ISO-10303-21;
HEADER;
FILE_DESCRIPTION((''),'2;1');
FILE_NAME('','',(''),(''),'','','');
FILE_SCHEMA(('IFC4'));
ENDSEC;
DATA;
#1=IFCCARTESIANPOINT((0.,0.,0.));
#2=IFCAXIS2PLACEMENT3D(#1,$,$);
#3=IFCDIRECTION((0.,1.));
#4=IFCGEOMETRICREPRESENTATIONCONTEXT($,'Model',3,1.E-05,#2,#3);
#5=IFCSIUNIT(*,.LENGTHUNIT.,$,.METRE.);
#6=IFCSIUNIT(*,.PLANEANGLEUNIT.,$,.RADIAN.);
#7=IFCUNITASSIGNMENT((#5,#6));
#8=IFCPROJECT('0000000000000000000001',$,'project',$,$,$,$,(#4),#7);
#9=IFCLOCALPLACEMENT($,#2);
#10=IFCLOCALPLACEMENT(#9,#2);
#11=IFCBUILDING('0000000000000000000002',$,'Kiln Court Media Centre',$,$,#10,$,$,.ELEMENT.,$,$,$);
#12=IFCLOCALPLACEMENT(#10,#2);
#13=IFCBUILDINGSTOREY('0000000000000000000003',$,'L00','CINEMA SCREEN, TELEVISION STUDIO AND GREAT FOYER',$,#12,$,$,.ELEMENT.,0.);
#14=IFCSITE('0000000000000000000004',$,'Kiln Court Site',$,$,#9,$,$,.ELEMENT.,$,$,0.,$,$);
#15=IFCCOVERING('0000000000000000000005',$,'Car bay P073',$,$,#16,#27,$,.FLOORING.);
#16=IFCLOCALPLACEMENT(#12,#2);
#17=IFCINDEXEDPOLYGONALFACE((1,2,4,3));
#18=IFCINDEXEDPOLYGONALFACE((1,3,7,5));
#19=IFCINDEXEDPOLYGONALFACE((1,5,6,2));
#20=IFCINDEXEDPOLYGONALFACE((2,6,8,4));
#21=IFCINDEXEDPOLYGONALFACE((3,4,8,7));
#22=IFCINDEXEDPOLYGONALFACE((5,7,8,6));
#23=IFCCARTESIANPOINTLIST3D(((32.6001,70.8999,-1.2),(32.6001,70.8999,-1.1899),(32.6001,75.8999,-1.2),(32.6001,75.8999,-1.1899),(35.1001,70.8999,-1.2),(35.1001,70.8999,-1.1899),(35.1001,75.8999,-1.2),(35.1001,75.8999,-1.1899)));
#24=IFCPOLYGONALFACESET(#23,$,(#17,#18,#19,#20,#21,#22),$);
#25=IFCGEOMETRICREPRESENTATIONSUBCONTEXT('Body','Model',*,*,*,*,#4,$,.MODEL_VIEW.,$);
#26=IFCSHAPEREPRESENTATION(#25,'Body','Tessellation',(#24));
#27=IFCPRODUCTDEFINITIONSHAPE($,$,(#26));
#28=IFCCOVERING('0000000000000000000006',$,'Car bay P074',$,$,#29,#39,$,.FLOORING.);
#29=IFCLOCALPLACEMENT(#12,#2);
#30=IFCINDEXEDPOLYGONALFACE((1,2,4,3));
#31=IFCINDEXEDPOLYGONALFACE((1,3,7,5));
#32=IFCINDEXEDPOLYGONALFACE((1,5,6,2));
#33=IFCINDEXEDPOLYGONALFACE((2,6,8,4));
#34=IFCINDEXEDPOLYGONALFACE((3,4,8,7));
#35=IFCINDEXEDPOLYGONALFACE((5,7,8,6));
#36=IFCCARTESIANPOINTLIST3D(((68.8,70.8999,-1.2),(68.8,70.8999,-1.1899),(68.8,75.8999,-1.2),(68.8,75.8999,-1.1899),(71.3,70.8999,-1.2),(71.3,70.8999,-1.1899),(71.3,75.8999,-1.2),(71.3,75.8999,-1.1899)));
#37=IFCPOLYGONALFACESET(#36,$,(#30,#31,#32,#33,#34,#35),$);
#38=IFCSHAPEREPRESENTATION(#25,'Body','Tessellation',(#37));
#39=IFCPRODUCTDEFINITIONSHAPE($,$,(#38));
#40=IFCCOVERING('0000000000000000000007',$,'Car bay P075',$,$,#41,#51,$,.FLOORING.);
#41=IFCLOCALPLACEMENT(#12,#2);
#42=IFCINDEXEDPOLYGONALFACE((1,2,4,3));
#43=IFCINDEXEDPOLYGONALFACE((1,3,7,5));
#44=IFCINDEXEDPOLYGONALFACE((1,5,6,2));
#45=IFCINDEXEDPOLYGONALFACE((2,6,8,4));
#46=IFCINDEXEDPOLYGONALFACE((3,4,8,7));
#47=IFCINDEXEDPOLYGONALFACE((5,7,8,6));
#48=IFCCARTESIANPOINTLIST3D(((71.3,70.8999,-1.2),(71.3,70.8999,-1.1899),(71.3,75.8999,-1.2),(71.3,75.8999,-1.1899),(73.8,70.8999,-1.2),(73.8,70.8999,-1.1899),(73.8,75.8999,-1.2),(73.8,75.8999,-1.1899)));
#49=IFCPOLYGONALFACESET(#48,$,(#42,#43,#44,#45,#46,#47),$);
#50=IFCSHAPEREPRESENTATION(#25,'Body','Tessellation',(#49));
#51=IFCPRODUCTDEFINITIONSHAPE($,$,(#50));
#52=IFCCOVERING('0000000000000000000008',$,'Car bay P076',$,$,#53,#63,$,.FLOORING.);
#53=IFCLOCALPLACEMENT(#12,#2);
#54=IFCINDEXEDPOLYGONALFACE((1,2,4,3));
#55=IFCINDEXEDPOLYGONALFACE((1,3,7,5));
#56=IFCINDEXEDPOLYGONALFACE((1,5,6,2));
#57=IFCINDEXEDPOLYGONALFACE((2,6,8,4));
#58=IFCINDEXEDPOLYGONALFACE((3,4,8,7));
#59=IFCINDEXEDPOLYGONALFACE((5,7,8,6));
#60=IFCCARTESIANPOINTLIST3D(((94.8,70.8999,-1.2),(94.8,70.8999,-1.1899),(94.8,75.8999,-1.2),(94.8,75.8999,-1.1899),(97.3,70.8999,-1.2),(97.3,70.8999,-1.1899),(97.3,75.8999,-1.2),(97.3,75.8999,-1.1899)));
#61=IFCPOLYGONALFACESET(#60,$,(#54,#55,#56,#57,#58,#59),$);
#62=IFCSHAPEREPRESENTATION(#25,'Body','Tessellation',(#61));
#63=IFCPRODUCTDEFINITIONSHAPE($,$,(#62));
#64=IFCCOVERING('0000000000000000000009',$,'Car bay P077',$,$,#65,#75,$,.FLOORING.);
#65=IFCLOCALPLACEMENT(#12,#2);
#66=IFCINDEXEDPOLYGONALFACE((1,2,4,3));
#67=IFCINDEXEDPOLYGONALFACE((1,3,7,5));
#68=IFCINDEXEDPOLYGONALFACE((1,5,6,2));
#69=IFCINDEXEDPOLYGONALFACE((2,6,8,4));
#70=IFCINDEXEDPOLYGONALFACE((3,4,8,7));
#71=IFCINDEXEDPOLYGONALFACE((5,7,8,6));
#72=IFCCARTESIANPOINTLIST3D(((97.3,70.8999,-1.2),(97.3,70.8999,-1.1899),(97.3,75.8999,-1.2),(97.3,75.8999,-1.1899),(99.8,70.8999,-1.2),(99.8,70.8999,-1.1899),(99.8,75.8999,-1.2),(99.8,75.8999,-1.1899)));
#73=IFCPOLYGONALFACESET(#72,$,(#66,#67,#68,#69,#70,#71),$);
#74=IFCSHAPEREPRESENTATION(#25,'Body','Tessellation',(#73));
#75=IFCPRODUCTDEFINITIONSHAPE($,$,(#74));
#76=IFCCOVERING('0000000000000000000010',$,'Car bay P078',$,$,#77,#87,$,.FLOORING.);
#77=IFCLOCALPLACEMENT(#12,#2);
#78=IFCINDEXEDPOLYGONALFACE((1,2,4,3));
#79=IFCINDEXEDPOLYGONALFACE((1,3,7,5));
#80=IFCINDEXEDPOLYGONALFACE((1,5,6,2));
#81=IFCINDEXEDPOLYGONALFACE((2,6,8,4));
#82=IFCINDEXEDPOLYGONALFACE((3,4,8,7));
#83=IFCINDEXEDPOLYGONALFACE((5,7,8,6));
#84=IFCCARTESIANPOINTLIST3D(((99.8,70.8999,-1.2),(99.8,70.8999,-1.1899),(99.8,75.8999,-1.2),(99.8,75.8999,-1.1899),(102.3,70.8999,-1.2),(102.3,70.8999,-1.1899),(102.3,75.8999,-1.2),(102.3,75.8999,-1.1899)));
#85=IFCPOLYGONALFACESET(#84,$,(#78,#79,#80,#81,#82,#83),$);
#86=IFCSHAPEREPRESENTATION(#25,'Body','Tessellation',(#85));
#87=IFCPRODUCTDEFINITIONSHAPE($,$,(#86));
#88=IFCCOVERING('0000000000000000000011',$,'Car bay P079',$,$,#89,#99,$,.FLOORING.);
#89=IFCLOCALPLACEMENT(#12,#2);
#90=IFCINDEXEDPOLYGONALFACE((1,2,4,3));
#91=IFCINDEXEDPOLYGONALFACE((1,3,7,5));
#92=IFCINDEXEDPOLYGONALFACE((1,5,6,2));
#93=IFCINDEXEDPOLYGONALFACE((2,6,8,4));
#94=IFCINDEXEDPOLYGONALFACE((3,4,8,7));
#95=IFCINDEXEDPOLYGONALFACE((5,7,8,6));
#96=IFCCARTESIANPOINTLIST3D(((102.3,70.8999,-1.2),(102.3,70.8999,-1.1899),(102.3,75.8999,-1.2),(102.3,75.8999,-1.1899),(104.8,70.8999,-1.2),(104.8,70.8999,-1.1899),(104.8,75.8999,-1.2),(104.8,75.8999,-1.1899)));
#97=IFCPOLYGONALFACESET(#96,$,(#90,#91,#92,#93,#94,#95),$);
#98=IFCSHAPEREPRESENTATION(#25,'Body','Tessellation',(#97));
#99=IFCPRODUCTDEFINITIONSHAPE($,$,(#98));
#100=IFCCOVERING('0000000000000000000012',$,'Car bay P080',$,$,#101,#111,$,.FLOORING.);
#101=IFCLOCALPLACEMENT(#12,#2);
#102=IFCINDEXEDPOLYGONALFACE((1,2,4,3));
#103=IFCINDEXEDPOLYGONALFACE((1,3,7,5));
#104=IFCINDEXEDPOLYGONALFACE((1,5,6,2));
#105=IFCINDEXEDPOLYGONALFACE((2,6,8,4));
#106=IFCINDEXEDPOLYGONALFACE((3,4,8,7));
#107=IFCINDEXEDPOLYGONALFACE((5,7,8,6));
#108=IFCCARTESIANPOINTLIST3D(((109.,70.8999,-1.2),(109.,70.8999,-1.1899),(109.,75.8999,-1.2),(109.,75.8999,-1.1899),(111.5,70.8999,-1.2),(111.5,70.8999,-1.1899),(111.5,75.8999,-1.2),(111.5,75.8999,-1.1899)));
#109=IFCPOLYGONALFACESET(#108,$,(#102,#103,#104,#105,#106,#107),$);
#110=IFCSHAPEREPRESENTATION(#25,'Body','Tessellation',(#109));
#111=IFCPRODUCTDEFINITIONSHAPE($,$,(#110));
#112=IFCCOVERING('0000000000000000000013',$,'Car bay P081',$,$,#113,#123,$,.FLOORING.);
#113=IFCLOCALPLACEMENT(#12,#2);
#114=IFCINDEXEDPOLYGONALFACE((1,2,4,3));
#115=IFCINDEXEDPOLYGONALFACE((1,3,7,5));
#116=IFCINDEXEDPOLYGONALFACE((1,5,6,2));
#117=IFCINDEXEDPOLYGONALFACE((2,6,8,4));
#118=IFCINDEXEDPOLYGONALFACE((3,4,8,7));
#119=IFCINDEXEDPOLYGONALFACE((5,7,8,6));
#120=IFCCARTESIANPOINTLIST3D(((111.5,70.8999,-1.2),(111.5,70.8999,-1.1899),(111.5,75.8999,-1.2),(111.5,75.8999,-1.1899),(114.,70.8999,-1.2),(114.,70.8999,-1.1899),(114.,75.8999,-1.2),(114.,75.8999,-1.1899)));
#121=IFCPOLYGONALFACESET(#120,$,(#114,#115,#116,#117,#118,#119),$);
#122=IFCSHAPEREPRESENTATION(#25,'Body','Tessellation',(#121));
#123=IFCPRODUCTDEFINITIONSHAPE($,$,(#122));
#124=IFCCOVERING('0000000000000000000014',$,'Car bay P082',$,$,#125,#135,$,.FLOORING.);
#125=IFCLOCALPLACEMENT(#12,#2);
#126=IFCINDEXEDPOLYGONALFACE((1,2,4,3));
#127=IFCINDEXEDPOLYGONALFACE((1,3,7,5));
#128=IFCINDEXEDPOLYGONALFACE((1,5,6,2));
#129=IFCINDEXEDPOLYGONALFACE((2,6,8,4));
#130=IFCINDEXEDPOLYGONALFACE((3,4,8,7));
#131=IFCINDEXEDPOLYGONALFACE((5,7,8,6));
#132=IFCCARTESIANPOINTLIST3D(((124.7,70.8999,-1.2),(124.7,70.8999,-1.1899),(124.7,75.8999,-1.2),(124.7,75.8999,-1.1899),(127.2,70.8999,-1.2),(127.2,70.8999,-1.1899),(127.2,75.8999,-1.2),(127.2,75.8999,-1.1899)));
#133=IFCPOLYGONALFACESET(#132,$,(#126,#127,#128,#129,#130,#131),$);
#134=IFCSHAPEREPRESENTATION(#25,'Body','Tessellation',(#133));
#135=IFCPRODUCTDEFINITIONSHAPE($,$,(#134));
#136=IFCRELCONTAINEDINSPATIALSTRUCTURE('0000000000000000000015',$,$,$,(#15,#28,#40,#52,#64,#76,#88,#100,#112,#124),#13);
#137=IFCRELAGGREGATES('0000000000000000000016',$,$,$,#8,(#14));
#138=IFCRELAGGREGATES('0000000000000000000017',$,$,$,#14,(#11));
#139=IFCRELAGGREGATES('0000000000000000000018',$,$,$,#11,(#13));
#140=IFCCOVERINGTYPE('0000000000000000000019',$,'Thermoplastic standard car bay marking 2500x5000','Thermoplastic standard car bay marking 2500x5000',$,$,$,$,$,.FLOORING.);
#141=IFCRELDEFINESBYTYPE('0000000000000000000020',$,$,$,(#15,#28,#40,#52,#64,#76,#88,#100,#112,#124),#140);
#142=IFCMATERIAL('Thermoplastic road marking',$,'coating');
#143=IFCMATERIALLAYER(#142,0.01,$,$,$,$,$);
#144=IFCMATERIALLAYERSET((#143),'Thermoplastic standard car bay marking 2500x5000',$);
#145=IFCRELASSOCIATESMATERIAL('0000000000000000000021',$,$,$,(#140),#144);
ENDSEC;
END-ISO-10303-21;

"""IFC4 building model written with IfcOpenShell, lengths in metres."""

from ifc_helpers import new_model, si_unit, direction, frame, origin, place, context, subcontext, project, spatial, polyline, outline, extrude, material, layer, layer_set, type_object, element, save


model = new_model("IFC4")

# Units and contexts
model_context = context("Model", 3, precision=1e-05, world=origin(), true_north=direction((0.0, 1.0)))
body_context = subcontext(model_context, "Body", "Model", "MODEL_VIEW")
ifc_project = project(units=[si_unit("LENGTHUNIT", "METRE"), si_unit("PLANEANGLEUNIT", "RADIAN")], contexts=[model_context])

# Site, building, storey
site_placement = place(None, origin())
site = spatial("IfcSite", under=ifc_project, at=site_placement, Name="Kiln Court Site", CompositionType="ELEMENT", RefElevation=0.0)
building_placement = place(site_placement, origin())
building = spatial("IfcBuilding", under=site, at=building_placement, Name="Kiln Court Media Centre", CompositionType="ELEMENT")
storey_placement = place(building_placement, origin())
storey = spatial("IfcBuildingStorey", under=building, at=storey_placement, Name="L00", Description="CINEMA SCREEN, TELEVISION STUDIO AND GREAT FOYER", CompositionType="ELEMENT", Elevation=0.0)

# Coverings
ifc_material_1 = material(Name="Thermoplastic road marking", Category="coating")
ifc_layer_1 = layer(ifc_material_1, 0.01)
ifc_layer_set_1 = layer_set([ifc_layer_1], Name="Thermoplastic standard car bay marking 2500x5000")
covering_type = type_object("IfcCoveringType", Name="Thermoplastic standard car bay marking 2500x5000", Description="Thermoplastic standard car bay marking 2500x5000", PredefinedType="FLOORING", material=ifc_layer_set_1)
covering_1_placement = place(storey_placement, frame((0.0, 0.0, -1.2)))
element("IfcCovering", 1, at=covering_1_placement, inside=storey, type_object=covering_type, Name="Car bay P073", PredefinedType="FLOORING", context=body_context, shape_type="SweptSolid", body=[
    extrude(outline(polyline([(32.6001, 70.8999), (35.1001, 70.8999), (35.1001, 75.8999), (32.6001, 75.8999), (32.6001, 70.8999)])), origin(), (0.0, 0.0, 1.0), 0.01),
])
covering_2_placement = place(storey_placement, frame((0.0, 0.0, -1.2)))
element("IfcCovering", 2, at=covering_2_placement, inside=storey, type_object=covering_type, Name="Car bay P074", PredefinedType="FLOORING", context=body_context, shape_type="SweptSolid", body=[
    extrude(outline(polyline([(68.8, 70.8999), (71.3, 70.8999), (71.3, 75.8999), (68.8, 75.8999), (68.8, 70.8999)])), origin(), (0.0, 0.0, 1.0), 0.01),
])
covering_3_placement = place(storey_placement, frame((0.0, 0.0, -1.2)))
element("IfcCovering", 3, at=covering_3_placement, inside=storey, type_object=covering_type, Name="Car bay P075", PredefinedType="FLOORING", context=body_context, shape_type="SweptSolid", body=[
    extrude(outline(polyline([(71.3, 70.8999), (73.8, 70.8999), (73.8, 75.8999), (71.3, 75.8999), (71.3, 70.8999)])), origin(), (0.0, 0.0, 1.0), 0.01),
])
covering_4_placement = place(storey_placement, frame((0.0, 0.0, -1.2)))
element("IfcCovering", 4, at=covering_4_placement, inside=storey, type_object=covering_type, Name="Car bay P076", PredefinedType="FLOORING", context=body_context, shape_type="SweptSolid", body=[
    extrude(outline(polyline([(94.8, 70.8999), (97.3, 70.8999), (97.3, 75.8999), (94.8, 75.8999), (94.8, 70.8999)])), origin(), (0.0, 0.0, 1.0), 0.01),
])
covering_5_placement = place(storey_placement, frame((0.0, 0.0, -1.2)))
element("IfcCovering", 5, at=covering_5_placement, inside=storey, type_object=covering_type, Name="Car bay P077", PredefinedType="FLOORING", context=body_context, shape_type="SweptSolid", body=[
    extrude(outline(polyline([(97.3, 70.8999), (99.8, 70.8999), (99.8, 75.8999), (97.3, 75.8999), (97.3, 70.8999)])), origin(), (0.0, 0.0, 1.0), 0.01),
])
covering_6_placement = place(storey_placement, frame((0.0, 0.0, -1.2)))
element("IfcCovering", 6, at=covering_6_placement, inside=storey, type_object=covering_type, Name="Car bay P078", PredefinedType="FLOORING", context=body_context, shape_type="SweptSolid", body=[
    extrude(outline(polyline([(99.8, 70.8999), (102.3, 70.8999), (102.3, 75.8999), (99.8, 75.8999), (99.8, 70.8999)])), origin(), (0.0, 0.0, 1.0), 0.01),
])
covering_7_placement = place(storey_placement, frame((0.0, 0.0, -1.2)))
element("IfcCovering", 7, at=covering_7_placement, inside=storey, type_object=covering_type, Name="Car bay P079", PredefinedType="FLOORING", context=body_context, shape_type="SweptSolid", body=[
    extrude(outline(polyline([(102.3, 70.8999), (104.8, 70.8999), (104.8, 75.8999), (102.3, 75.8999), (102.3, 70.8999)])), origin(), (0.0, 0.0, 1.0), 0.01),
])
covering_8_placement = place(storey_placement, frame((0.0, 0.0, -1.2)))
element("IfcCovering", 8, at=covering_8_placement, inside=storey, type_object=covering_type, Name="Car bay P080", PredefinedType="FLOORING", context=body_context, shape_type="SweptSolid", body=[
    extrude(outline(polyline([(109.0, 70.8999), (111.5, 70.8999), (111.5, 75.8999), (109.0, 75.8999), (109.0, 70.8999)])), origin(), (0.0, 0.0, 1.0), 0.01),
])
covering_9_placement = place(storey_placement, frame((0.0, 0.0, -1.2)))
element("IfcCovering", 9, at=covering_9_placement, inside=storey, type_object=covering_type, Name="Car bay P081", PredefinedType="FLOORING", context=body_context, shape_type="SweptSolid", body=[
    extrude(outline(polyline([(111.5, 70.8999), (114.0, 70.8999), (114.0, 75.8999), (111.5, 75.8999), (111.5, 70.8999)])), origin(), (0.0, 0.0, 1.0), 0.01),
])
covering_10_placement = place(storey_placement, frame((0.0, 0.0, -1.2)))
element("IfcCovering", 10, at=covering_10_placement, inside=storey, type_object=covering_type, Name="Car bay P082", PredefinedType="FLOORING", context=body_context, shape_type="SweptSolid", body=[
    extrude(outline(polyline([(124.7, 70.8999), (127.2, 70.8999), (127.2, 75.8999), (124.7, 75.8999), (124.7, 70.8999)])), origin(), (0.0, 0.0, 1.0), 0.01),
])

save(model, "model.ifc")
